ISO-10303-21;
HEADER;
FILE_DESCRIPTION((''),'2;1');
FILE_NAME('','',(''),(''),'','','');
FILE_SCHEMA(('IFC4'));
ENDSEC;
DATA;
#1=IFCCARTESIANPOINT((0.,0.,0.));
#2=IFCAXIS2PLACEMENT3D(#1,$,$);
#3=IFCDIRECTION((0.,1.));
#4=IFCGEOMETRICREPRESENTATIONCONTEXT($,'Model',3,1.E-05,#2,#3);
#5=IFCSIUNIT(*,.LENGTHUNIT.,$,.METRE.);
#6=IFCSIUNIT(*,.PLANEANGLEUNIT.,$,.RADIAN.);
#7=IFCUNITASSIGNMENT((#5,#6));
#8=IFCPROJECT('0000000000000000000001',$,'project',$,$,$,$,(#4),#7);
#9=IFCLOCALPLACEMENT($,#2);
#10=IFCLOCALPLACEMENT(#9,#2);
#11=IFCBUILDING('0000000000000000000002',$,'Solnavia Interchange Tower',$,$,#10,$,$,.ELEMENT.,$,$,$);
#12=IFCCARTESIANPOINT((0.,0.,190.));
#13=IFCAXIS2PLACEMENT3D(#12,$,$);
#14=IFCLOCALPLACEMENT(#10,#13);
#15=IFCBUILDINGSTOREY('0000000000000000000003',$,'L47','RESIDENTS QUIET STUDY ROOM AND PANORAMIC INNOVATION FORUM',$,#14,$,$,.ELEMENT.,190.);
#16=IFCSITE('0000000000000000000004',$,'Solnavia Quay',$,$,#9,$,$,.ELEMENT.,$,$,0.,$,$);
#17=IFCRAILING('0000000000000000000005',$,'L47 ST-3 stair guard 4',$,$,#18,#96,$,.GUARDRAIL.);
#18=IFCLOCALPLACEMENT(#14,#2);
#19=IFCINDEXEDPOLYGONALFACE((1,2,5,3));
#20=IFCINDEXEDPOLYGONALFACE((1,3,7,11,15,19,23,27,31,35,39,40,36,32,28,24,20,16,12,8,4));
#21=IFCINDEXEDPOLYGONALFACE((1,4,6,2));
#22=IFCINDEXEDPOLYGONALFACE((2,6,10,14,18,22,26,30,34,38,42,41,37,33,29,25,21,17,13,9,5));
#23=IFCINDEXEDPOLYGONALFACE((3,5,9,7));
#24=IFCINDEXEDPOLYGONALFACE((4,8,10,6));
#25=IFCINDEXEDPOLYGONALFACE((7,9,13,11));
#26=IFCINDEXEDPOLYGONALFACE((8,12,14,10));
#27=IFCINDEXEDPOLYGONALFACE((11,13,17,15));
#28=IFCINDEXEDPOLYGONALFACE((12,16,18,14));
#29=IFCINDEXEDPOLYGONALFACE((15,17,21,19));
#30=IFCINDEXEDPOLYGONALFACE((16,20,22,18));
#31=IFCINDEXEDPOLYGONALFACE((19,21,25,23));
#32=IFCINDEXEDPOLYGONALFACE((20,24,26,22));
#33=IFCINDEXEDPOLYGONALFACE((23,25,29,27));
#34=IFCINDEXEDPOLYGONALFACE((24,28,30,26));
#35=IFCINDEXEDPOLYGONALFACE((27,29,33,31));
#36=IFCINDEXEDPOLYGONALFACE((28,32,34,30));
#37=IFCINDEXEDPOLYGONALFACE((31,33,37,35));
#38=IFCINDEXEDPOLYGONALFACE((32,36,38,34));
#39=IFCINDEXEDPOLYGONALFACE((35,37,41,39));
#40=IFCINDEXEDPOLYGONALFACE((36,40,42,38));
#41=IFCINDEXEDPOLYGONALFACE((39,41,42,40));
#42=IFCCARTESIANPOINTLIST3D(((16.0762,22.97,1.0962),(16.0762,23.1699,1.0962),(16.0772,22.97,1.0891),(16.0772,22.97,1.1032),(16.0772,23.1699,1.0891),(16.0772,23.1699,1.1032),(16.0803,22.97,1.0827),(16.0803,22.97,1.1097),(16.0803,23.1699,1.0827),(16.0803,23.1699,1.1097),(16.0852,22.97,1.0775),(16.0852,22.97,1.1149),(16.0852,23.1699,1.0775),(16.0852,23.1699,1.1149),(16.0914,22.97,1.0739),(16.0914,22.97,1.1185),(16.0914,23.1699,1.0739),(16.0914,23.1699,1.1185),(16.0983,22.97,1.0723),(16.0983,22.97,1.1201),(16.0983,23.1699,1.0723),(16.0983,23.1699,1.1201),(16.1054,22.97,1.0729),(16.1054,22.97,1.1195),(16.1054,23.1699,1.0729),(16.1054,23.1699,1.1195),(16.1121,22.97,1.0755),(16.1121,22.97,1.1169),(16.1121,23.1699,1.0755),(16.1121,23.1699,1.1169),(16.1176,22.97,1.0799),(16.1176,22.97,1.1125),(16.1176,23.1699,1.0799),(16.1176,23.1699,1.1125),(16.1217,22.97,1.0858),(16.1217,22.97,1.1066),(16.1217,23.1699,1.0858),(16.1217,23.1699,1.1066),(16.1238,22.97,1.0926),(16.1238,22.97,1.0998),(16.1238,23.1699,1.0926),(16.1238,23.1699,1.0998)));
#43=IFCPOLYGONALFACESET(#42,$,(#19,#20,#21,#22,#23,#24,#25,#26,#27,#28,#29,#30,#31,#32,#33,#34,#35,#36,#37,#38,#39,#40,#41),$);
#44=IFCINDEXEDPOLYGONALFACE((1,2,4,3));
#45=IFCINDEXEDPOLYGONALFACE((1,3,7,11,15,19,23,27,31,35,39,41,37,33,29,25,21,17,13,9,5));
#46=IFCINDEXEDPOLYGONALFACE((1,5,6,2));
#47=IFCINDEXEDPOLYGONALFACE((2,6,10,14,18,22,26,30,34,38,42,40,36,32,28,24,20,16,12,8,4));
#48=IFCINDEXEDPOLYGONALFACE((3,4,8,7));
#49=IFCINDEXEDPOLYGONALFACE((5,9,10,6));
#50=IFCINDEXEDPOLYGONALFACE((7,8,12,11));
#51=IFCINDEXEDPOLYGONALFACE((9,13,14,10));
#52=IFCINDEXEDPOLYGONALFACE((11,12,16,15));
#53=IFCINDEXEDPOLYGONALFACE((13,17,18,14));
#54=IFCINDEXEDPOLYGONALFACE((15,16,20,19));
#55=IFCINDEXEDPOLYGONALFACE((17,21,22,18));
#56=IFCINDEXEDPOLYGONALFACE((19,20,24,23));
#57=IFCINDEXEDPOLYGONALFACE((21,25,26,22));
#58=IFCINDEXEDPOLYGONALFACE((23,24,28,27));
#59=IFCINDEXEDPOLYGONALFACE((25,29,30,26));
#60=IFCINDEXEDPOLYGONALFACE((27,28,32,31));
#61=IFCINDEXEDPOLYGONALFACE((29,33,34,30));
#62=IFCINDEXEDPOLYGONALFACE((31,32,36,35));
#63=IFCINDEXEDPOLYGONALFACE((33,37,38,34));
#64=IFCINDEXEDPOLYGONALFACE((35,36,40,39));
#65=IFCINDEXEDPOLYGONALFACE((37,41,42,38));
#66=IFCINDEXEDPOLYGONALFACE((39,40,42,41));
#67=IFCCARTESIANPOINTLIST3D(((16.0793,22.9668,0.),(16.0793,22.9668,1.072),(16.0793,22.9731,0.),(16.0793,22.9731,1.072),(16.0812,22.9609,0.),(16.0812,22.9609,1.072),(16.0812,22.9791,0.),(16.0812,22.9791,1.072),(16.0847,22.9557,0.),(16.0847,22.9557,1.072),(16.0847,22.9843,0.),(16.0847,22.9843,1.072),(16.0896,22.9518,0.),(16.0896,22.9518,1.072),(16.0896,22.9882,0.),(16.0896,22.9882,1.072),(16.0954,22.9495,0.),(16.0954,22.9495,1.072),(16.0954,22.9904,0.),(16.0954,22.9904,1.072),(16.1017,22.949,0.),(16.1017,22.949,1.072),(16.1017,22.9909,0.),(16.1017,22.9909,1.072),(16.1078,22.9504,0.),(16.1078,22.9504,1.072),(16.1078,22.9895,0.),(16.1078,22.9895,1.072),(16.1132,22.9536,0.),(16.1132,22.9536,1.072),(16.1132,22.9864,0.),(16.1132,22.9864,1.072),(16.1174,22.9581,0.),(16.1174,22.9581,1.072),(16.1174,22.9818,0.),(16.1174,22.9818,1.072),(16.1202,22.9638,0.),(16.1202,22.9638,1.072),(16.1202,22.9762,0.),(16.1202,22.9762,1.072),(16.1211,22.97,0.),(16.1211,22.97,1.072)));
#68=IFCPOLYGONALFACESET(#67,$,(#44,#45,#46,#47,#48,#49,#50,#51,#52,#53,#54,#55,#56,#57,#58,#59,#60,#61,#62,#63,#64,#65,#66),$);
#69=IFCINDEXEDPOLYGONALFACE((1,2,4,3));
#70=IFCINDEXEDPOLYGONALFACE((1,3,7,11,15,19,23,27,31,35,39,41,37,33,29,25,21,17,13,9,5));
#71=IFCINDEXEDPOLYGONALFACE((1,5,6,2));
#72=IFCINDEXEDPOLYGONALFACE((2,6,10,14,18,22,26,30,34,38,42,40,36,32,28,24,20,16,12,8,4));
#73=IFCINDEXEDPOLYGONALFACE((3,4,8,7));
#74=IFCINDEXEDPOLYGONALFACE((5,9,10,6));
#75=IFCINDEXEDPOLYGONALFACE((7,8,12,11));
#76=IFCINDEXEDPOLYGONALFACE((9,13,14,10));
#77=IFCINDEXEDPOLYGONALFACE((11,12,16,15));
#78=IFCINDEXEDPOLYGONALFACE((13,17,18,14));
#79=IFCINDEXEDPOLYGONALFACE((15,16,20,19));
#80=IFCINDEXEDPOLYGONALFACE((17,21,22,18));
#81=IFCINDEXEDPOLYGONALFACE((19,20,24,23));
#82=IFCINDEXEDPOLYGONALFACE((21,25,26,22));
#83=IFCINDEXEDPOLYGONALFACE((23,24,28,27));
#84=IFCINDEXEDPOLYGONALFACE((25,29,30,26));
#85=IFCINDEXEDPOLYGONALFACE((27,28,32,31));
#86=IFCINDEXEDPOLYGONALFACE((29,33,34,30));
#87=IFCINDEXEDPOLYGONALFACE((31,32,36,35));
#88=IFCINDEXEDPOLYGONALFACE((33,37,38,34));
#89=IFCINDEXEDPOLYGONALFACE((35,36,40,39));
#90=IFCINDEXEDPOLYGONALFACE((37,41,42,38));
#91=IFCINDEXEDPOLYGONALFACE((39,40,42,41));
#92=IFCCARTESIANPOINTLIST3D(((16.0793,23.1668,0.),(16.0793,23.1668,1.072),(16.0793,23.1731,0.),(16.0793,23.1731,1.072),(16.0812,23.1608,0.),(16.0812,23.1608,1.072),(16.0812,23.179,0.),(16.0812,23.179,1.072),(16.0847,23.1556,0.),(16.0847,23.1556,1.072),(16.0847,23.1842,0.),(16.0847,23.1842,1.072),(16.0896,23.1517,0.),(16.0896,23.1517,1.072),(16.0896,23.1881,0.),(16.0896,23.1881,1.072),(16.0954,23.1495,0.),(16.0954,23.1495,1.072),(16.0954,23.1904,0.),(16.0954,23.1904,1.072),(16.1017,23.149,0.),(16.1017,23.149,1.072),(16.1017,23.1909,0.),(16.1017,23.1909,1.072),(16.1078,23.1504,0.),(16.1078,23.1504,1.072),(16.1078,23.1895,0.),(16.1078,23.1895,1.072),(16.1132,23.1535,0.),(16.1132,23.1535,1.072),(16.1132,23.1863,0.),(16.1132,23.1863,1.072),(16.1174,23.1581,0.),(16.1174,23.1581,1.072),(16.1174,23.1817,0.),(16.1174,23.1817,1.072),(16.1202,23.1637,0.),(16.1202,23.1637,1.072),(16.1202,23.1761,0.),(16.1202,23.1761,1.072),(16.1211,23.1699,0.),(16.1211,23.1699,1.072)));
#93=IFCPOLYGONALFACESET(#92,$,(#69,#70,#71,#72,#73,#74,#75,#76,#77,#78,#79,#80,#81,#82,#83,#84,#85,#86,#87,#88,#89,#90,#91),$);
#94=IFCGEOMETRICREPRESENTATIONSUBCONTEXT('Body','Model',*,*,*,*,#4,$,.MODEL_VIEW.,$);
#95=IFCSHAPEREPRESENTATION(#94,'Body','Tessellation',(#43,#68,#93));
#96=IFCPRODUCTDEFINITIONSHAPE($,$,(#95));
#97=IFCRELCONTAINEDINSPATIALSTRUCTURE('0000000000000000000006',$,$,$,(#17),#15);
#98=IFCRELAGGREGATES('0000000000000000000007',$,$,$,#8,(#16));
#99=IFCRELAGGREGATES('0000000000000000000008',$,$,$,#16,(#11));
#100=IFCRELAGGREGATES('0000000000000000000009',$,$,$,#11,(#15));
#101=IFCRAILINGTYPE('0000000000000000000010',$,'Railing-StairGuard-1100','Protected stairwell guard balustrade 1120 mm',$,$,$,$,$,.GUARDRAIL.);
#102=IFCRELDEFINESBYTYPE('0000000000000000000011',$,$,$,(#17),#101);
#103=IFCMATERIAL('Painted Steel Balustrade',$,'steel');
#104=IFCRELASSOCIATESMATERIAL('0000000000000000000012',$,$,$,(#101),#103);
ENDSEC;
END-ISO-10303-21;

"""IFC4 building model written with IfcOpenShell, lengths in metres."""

from ifc_helpers import new_model, si_unit, direction, frame, origin, origin_2d, place, context, subcontext, project, spatial, circle, extrude, material, type_object, element, save


model = new_model("IFC4")

# Units and contexts
model_context = context("Model", 3, precision=1e-05, world=origin(), true_north=direction((0.0, 1.0)))
body_context = subcontext(model_context, "Body", "Model", "MODEL_VIEW")
ifc_project = project(units=[si_unit("LENGTHUNIT", "METRE"), si_unit("PLANEANGLEUNIT", "RADIAN")], contexts=[model_context])

# Site, building, storey
site_placement = place(None, origin())
site = spatial("IfcSite", under=ifc_project, at=site_placement, Name="Solnavia Quay", CompositionType="ELEMENT", RefElevation=0.0)
building_placement = place(site_placement, origin())
building = spatial("IfcBuilding", under=site, at=building_placement, Name="Solnavia Interchange Tower", CompositionType="ELEMENT")
storey_placement = place(building_placement, frame((0.0, 0.0, 190.0)))
storey = spatial("IfcBuildingStorey", under=building, at=storey_placement, Name="L47", Description="RESIDENTS QUIET STUDY ROOM AND PANORAMIC INNOVATION FORUM", CompositionType="ELEMENT", Elevation=190.0)

# Railing
ifc_material_1 = material(Name="Painted Steel Balustrade", Category="steel")
railing_type_1 = type_object("IfcRailingType", Name="Railing-StairGuard-1100", Description="Protected stairwell guard balustrade 1120 mm", PredefinedType="GUARDRAIL", material=ifc_material_1)
railing_1_placement = place(storey_placement, frame((16.1001, 22.97, 0.0)))
element("IfcRailing", 1, at=railing_1_placement, inside=storey, type_object=railing_type_1, Name="L47 ST-3 stair guard 4", PredefinedType="GUARDRAIL", context=body_context, shape_type="SweptSolid", body=[
    extrude(circle(Radius=0.0239, at=origin_2d()), frame((0.0, 0.0, 1.0962), z_axis=(0.0, 1.0, 0.0), x_axis=(-1.0, 0.0, 0.0)), (0.0, 0.0, 1.0), 0.2),
    extrude(circle(Radius=0.021, at=origin_2d()), origin(), (0.0, 0.0, 1.0), 1.072),
    extrude(circle(Radius=0.021, at=origin_2d()), frame((0.0, 0.2, 0.0)), (0.0, 0.0, 1.0), 1.072),
])

save(model, "model.ifc")
